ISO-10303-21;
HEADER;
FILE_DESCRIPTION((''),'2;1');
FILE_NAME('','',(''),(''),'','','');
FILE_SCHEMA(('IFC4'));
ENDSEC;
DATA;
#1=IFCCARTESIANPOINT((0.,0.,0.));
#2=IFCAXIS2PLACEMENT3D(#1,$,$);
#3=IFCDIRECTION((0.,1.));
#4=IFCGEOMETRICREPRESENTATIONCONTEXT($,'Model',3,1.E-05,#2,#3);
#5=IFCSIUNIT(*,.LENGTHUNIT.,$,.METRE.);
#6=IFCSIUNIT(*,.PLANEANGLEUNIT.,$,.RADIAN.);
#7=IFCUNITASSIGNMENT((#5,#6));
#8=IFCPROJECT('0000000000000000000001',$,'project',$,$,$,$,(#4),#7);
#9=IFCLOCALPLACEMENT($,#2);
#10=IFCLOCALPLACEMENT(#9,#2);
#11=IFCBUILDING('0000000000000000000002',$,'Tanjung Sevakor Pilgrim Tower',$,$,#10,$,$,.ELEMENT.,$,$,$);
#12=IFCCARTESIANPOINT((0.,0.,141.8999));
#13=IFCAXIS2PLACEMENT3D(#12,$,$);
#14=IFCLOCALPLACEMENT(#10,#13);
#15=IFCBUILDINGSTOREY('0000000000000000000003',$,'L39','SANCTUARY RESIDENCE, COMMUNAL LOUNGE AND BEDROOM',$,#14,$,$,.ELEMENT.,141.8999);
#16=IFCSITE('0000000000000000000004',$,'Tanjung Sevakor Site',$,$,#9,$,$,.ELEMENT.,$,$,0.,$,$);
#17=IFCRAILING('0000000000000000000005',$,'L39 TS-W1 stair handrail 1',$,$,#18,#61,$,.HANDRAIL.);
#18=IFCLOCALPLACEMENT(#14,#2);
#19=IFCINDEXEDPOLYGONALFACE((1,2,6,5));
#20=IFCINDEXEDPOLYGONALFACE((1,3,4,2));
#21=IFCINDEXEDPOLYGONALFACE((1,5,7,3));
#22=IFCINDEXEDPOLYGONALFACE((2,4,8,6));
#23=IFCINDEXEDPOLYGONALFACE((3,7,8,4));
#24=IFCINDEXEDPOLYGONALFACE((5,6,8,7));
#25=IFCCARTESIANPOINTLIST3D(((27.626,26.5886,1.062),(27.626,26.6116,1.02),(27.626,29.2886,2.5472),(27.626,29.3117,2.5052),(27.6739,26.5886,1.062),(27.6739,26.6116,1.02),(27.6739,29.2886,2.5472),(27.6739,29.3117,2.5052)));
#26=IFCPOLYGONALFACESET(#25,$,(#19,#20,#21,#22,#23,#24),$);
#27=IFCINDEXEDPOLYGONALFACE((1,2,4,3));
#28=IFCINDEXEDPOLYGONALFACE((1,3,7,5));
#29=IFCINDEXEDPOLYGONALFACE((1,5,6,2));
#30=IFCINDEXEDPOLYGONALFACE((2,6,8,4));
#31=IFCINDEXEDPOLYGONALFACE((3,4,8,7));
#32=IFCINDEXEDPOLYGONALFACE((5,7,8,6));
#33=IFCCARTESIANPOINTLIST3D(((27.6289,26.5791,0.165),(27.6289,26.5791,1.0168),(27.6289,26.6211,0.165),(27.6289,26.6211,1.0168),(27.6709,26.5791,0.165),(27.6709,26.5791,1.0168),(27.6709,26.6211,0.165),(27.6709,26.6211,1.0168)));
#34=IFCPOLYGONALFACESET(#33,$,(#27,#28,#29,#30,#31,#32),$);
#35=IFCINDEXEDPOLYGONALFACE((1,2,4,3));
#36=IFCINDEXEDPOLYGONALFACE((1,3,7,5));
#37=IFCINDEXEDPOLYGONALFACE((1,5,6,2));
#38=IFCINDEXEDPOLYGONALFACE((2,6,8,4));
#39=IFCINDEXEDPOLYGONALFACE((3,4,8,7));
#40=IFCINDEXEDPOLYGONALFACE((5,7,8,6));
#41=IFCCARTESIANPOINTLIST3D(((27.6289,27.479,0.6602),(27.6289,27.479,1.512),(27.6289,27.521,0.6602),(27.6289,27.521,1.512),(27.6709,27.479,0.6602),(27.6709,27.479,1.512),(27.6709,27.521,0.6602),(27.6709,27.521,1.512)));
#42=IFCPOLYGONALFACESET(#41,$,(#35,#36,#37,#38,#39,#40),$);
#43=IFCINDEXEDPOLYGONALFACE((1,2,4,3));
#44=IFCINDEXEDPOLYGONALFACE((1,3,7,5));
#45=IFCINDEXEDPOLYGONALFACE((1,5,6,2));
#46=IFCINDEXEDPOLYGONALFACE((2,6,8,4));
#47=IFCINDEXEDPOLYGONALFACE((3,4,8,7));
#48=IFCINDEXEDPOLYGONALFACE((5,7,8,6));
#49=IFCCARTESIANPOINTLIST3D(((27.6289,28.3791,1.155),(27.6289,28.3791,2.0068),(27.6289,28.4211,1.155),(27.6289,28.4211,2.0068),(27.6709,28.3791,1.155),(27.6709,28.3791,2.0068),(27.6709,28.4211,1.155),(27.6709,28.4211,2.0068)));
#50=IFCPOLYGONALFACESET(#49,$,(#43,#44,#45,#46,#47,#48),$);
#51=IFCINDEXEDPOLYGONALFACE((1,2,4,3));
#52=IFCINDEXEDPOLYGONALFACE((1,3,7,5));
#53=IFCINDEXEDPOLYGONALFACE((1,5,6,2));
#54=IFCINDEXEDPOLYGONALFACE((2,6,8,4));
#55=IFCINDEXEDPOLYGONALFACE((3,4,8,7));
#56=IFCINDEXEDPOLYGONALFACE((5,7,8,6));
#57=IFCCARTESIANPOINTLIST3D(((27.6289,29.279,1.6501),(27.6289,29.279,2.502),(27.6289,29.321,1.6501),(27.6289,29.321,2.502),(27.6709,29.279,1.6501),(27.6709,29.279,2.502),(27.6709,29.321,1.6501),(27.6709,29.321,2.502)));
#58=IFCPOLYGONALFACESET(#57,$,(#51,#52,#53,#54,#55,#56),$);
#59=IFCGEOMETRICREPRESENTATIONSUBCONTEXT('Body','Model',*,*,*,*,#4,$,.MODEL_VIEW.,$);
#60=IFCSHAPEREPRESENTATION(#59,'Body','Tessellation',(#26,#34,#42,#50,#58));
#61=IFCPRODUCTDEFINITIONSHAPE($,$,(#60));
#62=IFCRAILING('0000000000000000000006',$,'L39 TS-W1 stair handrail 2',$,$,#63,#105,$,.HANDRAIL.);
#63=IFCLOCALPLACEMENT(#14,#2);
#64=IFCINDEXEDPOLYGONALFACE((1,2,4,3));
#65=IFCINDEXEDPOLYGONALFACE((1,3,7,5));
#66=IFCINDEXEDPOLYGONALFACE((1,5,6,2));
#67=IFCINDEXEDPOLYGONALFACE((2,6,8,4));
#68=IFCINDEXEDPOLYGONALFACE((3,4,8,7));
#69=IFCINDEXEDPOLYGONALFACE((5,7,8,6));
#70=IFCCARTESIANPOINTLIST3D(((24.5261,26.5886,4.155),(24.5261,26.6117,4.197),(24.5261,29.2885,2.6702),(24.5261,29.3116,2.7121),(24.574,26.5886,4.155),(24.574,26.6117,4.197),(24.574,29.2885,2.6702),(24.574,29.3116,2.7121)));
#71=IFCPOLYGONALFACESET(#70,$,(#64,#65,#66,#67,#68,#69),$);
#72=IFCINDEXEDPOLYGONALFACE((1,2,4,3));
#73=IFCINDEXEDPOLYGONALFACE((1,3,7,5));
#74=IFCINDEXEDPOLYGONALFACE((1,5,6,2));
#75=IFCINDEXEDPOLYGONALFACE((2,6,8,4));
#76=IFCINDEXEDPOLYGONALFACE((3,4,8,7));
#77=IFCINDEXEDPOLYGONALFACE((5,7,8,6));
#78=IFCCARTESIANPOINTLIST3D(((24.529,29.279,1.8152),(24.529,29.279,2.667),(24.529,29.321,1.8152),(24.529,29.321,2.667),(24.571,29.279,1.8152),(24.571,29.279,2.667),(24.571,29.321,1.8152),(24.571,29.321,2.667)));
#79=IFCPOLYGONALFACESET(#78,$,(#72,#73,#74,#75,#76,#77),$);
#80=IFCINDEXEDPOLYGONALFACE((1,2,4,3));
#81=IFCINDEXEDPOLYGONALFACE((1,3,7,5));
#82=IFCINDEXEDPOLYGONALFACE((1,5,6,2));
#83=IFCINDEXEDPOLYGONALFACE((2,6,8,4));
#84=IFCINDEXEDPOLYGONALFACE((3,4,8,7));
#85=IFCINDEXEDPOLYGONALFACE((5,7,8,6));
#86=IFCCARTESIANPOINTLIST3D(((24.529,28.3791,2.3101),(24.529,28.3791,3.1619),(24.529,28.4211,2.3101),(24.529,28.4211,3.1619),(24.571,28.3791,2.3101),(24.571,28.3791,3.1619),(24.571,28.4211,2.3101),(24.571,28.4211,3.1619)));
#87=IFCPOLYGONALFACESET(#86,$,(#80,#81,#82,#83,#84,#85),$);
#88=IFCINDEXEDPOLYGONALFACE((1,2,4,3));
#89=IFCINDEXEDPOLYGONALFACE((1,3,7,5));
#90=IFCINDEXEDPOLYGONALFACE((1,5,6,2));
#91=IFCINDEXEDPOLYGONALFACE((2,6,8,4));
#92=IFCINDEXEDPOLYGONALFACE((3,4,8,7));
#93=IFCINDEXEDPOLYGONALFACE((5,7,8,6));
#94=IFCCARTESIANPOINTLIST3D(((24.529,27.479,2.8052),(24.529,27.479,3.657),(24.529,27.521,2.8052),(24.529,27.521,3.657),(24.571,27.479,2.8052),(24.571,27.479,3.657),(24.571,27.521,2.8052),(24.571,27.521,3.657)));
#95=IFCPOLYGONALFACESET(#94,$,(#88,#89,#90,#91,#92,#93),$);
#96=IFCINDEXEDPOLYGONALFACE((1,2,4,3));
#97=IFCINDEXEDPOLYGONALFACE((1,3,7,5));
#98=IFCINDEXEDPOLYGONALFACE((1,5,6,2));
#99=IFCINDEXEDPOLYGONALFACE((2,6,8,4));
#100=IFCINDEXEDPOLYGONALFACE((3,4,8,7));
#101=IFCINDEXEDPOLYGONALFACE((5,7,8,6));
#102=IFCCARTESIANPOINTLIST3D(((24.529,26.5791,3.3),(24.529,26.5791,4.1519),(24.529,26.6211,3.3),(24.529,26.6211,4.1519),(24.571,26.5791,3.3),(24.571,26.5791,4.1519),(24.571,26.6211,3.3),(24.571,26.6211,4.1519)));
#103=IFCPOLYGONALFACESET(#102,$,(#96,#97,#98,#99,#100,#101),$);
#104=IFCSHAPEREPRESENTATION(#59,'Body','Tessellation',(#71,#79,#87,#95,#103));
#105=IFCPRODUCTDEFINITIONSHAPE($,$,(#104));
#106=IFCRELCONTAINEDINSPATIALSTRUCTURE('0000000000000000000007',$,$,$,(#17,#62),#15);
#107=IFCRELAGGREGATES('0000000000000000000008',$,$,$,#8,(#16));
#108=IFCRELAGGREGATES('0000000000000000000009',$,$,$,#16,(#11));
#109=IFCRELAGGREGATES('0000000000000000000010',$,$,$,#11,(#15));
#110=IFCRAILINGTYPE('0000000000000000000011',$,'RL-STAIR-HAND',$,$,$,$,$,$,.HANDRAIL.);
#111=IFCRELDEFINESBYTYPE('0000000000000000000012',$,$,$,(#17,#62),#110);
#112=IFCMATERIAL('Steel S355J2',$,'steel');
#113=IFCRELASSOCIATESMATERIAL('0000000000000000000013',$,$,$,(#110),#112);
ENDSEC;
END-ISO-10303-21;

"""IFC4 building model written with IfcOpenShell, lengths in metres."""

from ifc_helpers import new_model, si_unit, direction, frame, origin, place, context, subcontext, project, spatial, rectangle, extrude, material, type_object, element, save


model = new_model("IFC4")

# Units and contexts
model_context = context("Model", 3, precision=1e-05, world=origin(), true_north=direction((0.0, 1.0)))
body_context = subcontext(model_context, "Body", "Model", "MODEL_VIEW")
ifc_project = project(units=[si_unit("LENGTHUNIT", "METRE"), si_unit("PLANEANGLEUNIT", "RADIAN")], contexts=[model_context])

# Site, building, storey
site_placement = place(None, origin())
site = spatial("IfcSite", under=ifc_project, at=site_placement, Name="Tanjung Sevakor Site", CompositionType="ELEMENT", RefElevation=0.0)
building_placement = place(site_placement, origin())
building = spatial("IfcBuilding", under=site, at=building_placement, Name="Tanjung Sevakor Pilgrim Tower", CompositionType="ELEMENT")
storey_placement = place(building_placement, frame((0.0, 0.0, 141.8999)))
storey = spatial("IfcBuildingStorey", under=building, at=storey_placement, Name="L39", Description="SANCTUARY RESIDENCE, COMMUNAL LOUNGE AND BEDROOM", CompositionType="ELEMENT", Elevation=141.8999)

# Railings
ifc_material_1 = material(Name="Steel S355J2", Category="steel")
railing_type_1 = type_object("IfcRailingType", Name="RL-STAIR-HAND", PredefinedType="HANDRAIL", material=ifc_material_1)
railing_1_placement = place(storey_placement, frame((27.6499, 26.6001, 0.165)))
element("IfcRailing", 1, at=railing_1_placement, inside=storey, type_object=railing_type_1, Name="L39 TS-W1 stair handrail 1", PredefinedType="HANDRAIL", context=body_context, shape_type="SweptSolid", body=[
    extrude(rectangle(XDim=0.0479, YDim=0.0479), frame((0.0, 0.0, 0.876), z_axis=(0.0, 0.876198, 0.481952), x_axis=(-1.0, 0.0, 0.0)), (0.0, 0.0, 1.0), 3.0815),
    extrude(rectangle(XDim=0.042, YDim=0.042), origin(), (0.0, 0.0, 1.0), 0.8518),
    extrude(rectangle(XDim=0.042, YDim=0.042), frame((0.0, 0.8999, 0.4951)), (0.0, 0.0, 1.0), 0.8518),
    extrude(rectangle(XDim=0.042, YDim=0.042), frame((0.0, 1.8, 0.99)), (0.0, 0.0, 1.0), 0.8518),
    extrude(rectangle(XDim=0.042, YDim=0.042), frame((0.0, 2.7, 1.4851)), (0.0, 0.0, 1.0), 0.8518),
])
railing_2_placement = place(storey_placement, frame((24.55, 29.3, 1.8152)))
element("IfcRailing", 2, at=railing_2_placement, inside=storey, type_object=railing_type_1, Name="L39 TS-W1 stair handrail 2", PredefinedType="HANDRAIL", context=body_context, shape_type="SweptSolid", body=[
    extrude(rectangle(XDim=0.0479, YDim=0.0479), frame((0.0, 0.0, 0.876), z_axis=(0.0, -0.876231, 0.481891), x_axis=(1.0, 0.0, 0.0)), (0.0, 0.0, 1.0), 3.0813),
    extrude(rectangle(XDim=0.042, YDim=0.042), origin(), (0.0, 0.0, 1.0), 0.8518),
    extrude(rectangle(XDim=0.042, YDim=0.042), frame((0.0, -0.8999, 0.4949)), (0.0, 0.0, 1.0), 0.8518),
    extrude(rectangle(XDim=0.042, YDim=0.042), frame((0.0, -1.8, 0.99)), (0.0, 0.0, 1.0), 0.8518),
    extrude(rectangle(XDim=0.042, YDim=0.042), frame((0.0, -2.7, 1.4849)), (0.0, 0.0, 1.0), 0.8518),
])

save(model, "model.ifc")
